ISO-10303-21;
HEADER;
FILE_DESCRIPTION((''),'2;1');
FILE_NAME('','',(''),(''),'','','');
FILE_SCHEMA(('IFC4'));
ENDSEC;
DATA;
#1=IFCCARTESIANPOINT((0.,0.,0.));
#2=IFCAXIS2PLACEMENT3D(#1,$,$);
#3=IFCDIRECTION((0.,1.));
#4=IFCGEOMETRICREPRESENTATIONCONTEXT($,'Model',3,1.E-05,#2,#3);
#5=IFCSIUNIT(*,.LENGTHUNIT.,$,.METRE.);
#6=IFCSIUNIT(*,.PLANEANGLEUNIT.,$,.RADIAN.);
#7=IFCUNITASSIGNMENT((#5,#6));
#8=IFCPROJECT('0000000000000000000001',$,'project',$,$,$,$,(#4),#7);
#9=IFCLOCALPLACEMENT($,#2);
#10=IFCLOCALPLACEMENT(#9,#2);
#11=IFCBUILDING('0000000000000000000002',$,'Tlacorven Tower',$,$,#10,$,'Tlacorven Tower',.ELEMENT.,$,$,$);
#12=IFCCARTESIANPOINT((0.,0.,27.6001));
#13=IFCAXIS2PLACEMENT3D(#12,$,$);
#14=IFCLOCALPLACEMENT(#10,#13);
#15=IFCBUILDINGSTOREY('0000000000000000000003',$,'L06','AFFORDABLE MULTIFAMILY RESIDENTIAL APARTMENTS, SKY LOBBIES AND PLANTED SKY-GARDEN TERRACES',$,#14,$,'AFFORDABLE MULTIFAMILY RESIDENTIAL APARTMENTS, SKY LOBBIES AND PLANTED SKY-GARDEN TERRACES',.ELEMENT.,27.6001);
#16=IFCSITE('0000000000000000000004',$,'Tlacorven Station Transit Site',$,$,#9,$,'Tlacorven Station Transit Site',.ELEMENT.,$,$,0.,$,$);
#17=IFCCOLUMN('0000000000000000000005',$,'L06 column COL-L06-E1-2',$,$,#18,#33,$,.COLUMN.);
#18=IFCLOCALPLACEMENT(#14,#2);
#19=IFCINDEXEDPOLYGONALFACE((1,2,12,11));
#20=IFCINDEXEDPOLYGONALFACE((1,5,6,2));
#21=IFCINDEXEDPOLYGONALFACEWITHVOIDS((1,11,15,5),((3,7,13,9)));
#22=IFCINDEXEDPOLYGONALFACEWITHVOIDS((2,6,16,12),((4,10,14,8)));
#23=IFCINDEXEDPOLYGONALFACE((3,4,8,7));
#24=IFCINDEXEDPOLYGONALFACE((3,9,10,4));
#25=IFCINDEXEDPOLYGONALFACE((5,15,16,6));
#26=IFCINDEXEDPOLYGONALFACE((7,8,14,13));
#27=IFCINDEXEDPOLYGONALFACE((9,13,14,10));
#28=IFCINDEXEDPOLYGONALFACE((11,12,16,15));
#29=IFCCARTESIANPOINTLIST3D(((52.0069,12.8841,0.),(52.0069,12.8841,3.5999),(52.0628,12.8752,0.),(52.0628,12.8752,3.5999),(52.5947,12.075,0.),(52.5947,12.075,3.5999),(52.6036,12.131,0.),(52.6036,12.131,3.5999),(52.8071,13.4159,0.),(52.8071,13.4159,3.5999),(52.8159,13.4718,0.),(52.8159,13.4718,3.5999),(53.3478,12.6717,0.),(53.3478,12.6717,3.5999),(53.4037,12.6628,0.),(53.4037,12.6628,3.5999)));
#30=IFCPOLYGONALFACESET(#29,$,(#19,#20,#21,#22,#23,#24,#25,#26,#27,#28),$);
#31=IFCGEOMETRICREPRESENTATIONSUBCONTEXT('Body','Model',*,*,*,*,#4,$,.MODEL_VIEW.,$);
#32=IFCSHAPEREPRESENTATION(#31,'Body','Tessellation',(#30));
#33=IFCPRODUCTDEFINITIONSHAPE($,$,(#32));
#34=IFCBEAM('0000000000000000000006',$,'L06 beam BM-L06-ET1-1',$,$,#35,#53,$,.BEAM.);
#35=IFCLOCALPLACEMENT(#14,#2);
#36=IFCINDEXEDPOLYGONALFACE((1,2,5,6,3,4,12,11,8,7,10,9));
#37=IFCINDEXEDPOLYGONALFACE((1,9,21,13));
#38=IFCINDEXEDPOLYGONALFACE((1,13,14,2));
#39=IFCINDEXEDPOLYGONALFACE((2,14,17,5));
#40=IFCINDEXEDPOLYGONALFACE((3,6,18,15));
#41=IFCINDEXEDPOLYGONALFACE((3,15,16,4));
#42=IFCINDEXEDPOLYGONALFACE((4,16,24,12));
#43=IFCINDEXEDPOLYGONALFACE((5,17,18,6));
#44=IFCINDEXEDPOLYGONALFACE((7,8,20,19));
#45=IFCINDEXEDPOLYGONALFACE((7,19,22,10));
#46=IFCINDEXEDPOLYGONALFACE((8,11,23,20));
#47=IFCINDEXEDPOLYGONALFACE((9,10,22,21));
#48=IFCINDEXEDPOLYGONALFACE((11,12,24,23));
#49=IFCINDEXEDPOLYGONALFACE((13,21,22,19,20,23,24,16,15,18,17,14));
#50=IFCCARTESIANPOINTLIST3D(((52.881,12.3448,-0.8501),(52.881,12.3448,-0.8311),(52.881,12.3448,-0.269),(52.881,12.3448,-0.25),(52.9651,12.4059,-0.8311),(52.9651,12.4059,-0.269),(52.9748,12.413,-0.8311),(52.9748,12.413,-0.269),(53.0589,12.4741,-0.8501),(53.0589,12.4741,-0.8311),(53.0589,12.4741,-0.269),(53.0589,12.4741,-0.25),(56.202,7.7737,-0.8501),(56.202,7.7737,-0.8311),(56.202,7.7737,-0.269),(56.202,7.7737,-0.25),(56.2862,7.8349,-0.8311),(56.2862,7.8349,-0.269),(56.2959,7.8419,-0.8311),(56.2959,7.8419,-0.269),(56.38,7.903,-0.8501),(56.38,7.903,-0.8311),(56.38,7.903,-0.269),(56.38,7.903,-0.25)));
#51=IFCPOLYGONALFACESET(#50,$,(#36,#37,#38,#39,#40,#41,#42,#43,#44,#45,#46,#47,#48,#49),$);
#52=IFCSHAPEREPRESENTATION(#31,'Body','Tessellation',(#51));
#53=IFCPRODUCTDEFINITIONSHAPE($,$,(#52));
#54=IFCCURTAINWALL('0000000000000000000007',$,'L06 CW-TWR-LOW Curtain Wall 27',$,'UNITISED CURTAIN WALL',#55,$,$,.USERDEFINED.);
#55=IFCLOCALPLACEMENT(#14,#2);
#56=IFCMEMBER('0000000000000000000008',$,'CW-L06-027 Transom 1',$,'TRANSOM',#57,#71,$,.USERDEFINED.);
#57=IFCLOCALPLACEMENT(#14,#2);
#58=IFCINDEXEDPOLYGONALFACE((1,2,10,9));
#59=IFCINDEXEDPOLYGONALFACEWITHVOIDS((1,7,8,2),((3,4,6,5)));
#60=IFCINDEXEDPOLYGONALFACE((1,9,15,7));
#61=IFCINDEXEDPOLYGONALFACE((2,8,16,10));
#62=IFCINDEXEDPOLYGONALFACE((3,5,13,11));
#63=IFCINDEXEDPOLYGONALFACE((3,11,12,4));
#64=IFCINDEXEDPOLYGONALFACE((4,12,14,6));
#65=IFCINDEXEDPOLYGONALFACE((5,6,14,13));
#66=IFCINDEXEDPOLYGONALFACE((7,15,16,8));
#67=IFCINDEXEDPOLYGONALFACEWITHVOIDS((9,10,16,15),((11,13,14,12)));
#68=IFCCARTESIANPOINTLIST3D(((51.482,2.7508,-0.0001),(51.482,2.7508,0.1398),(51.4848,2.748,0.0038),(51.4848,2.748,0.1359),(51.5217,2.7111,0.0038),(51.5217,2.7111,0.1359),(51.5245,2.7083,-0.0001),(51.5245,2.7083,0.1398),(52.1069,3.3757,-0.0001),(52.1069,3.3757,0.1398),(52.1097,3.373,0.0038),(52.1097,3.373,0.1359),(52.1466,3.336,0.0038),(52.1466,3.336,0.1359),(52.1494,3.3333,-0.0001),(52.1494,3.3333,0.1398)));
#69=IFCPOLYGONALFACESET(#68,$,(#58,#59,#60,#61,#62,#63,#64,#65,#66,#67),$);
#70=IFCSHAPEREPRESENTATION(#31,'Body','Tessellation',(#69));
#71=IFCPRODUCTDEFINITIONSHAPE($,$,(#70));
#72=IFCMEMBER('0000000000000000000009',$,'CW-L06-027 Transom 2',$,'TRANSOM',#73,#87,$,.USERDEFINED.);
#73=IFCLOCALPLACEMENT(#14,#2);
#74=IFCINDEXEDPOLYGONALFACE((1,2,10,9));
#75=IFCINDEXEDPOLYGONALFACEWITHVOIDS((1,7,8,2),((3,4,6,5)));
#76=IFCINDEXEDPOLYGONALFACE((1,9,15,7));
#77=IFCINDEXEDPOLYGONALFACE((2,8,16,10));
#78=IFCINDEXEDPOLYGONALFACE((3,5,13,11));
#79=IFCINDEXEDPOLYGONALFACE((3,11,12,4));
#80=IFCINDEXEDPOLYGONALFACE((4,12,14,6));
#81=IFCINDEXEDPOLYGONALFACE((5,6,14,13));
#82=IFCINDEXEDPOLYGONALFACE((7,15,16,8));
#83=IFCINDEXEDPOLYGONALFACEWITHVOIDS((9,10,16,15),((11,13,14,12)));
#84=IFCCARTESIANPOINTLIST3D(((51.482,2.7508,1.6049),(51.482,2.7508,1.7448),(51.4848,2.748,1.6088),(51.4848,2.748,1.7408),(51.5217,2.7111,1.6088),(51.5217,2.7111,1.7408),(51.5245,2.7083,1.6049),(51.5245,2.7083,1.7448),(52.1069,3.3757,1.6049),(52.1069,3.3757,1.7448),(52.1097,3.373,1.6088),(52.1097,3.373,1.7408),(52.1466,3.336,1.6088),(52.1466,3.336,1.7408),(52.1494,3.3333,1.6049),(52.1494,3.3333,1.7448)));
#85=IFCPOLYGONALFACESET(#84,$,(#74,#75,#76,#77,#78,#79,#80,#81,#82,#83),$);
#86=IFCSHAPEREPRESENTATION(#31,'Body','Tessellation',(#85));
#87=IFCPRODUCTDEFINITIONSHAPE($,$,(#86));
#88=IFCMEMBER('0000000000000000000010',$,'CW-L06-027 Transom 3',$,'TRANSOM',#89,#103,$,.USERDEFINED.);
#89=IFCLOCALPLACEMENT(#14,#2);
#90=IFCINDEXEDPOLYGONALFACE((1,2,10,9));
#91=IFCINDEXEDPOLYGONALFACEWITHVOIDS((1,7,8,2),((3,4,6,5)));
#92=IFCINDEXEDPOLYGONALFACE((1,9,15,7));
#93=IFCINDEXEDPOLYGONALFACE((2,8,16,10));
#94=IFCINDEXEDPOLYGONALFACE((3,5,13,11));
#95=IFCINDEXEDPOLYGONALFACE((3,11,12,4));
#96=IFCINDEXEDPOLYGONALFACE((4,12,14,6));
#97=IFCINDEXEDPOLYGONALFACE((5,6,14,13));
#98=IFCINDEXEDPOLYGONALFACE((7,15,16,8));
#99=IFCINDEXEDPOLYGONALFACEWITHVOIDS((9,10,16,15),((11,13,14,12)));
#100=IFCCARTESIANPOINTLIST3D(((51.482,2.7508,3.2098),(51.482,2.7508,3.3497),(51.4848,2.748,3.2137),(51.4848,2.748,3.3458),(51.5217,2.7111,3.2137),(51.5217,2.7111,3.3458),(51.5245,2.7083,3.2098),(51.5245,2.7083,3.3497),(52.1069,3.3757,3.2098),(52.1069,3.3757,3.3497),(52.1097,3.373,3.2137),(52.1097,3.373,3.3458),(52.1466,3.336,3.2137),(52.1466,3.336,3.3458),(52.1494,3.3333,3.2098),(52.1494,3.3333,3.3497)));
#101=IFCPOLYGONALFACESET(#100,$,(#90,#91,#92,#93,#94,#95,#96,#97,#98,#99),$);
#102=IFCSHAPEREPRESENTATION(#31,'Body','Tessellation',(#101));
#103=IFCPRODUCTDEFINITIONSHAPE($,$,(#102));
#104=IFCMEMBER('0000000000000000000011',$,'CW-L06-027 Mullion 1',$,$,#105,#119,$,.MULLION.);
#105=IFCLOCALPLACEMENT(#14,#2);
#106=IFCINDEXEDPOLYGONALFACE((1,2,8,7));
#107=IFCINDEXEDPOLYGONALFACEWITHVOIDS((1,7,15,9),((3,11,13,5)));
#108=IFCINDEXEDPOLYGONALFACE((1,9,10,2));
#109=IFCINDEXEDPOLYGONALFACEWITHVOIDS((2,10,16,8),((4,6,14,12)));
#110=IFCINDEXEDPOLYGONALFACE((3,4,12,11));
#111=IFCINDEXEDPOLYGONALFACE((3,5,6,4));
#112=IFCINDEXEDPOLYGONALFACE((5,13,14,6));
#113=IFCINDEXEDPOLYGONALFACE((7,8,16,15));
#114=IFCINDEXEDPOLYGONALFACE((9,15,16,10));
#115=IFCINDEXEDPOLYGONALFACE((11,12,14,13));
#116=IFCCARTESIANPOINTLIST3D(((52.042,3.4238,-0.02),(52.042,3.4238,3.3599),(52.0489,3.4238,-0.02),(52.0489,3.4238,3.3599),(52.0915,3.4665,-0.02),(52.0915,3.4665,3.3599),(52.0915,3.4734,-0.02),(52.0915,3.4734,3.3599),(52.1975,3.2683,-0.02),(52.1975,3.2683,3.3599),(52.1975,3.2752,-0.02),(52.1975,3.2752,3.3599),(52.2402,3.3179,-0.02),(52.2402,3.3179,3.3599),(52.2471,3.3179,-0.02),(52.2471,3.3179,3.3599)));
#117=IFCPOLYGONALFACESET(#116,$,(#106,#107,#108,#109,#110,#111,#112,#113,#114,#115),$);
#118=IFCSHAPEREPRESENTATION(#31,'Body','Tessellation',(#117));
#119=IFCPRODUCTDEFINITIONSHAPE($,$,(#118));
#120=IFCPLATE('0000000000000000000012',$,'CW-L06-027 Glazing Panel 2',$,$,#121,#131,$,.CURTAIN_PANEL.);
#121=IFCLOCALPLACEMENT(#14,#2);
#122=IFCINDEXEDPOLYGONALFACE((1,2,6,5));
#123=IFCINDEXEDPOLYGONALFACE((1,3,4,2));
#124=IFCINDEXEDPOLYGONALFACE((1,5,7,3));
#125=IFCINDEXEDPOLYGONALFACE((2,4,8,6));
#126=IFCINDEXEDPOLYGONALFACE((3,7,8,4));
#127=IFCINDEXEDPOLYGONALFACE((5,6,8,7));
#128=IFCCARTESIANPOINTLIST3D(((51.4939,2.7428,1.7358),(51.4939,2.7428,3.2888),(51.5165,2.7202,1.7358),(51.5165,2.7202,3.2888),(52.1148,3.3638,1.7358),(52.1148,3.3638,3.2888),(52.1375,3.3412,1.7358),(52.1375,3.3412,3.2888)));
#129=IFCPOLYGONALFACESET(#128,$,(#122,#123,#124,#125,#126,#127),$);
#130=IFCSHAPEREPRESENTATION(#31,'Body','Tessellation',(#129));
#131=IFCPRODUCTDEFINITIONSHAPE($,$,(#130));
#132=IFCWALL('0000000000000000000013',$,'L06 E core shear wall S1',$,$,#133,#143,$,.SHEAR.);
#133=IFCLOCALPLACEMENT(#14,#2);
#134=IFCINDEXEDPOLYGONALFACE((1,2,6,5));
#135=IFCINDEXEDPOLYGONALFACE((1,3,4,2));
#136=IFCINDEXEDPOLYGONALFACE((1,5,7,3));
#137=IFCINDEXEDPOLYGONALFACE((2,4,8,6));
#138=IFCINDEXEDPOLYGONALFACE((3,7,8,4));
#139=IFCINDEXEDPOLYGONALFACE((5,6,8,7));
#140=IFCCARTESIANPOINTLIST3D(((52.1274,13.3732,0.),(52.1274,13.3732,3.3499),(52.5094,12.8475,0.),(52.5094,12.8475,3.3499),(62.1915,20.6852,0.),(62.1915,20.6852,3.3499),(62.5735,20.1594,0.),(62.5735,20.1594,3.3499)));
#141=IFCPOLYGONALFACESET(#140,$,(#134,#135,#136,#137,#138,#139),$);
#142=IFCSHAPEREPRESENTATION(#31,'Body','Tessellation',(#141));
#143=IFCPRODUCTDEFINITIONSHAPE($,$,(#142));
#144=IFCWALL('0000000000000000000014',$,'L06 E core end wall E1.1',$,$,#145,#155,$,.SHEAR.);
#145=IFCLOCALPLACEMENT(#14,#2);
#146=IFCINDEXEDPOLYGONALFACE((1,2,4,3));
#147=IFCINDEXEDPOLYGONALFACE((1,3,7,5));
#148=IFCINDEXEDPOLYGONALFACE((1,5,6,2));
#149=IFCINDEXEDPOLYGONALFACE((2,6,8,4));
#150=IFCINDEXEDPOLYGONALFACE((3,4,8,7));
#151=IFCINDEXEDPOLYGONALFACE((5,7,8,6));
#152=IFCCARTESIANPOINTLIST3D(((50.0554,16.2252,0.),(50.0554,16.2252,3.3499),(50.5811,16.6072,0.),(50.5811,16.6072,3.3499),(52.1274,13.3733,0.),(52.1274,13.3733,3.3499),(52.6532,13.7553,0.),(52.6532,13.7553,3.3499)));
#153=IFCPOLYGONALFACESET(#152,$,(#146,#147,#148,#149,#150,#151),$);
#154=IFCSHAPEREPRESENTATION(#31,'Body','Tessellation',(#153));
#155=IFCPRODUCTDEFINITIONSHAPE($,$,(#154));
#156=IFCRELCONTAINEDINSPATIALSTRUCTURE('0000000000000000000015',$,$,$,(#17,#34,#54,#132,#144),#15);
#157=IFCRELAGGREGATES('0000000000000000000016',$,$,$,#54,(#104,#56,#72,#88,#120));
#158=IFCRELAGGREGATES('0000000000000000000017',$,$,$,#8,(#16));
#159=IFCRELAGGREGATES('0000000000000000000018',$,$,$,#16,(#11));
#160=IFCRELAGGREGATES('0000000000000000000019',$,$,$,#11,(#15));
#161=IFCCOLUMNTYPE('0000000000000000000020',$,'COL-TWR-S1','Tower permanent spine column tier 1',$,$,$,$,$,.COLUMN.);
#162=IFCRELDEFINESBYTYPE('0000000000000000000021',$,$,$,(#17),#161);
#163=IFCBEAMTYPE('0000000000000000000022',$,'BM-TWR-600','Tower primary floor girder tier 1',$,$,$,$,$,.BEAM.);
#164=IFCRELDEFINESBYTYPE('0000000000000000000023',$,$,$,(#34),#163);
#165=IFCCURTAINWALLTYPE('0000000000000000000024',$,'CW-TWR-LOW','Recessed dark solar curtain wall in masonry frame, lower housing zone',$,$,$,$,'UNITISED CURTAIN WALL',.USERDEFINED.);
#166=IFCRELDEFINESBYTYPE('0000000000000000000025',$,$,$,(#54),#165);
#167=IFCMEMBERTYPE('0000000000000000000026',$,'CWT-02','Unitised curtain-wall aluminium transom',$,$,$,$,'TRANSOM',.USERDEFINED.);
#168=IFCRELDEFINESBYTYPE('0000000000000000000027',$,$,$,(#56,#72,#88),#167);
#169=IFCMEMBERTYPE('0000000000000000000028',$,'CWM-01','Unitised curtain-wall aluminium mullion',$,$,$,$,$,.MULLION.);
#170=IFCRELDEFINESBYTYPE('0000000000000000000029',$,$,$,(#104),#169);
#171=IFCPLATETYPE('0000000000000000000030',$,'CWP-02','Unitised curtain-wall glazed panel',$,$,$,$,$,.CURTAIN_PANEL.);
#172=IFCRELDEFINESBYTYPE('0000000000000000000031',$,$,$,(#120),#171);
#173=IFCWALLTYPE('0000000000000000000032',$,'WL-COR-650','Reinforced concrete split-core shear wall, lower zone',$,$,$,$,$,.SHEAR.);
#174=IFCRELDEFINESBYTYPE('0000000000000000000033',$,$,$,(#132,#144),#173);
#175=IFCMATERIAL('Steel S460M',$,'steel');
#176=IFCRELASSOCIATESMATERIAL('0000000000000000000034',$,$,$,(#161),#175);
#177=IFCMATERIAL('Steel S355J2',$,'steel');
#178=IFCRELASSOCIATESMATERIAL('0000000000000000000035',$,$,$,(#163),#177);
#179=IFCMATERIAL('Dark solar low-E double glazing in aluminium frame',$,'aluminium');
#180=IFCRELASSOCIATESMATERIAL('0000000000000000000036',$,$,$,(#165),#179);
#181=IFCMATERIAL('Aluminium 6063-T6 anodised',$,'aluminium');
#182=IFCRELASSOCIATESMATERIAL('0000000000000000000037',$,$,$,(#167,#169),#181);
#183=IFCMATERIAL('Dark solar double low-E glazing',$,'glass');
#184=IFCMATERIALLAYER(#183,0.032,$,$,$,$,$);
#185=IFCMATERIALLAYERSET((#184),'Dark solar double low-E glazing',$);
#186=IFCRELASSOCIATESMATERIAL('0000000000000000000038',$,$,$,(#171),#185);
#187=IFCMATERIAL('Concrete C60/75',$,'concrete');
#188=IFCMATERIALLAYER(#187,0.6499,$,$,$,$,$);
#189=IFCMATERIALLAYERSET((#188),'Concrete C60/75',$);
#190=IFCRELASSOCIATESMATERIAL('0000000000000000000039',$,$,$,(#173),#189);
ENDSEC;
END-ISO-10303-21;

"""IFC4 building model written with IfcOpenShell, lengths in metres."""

from ifc_helpers import new_model, si_unit, direction, frame, frame_2d, origin, origin_2d, place, context, subcontext, project, spatial, rectangle, hollow_rectangle, i_section, extrude, source, transform, mapped, material, layer, layer_set, material_profile, profile_set, type_object, element, aggregate, save


model = new_model("IFC4")

# Units and contexts
model_context = context("Model", 3, precision=1e-05, world=origin(), true_north=direction((0.0, 1.0)))
body_context = subcontext(model_context, "Body", "Model", "MODEL_VIEW")
ifc_project = project(units=[si_unit("LENGTHUNIT", "METRE"), si_unit("PLANEANGLEUNIT", "RADIAN")], contexts=[model_context])

# Site, building, storey
site_placement = place(None, origin())
site = spatial("IfcSite", under=ifc_project, at=site_placement, Name="Tlacorven Station Transit Site", LongName="Tlacorven Station Transit Site", CompositionType="ELEMENT", RefElevation=0.0)
building_placement = place(site_placement, origin())
building = spatial("IfcBuilding", under=site, at=building_placement, Name="Tlacorven Tower", LongName="Tlacorven Tower", CompositionType="ELEMENT")
storey_placement = place(building_placement, frame((0.0, 0.0, 27.6001)))
storey = spatial("IfcBuildingStorey", under=building, at=storey_placement, Name="L06", Description="AFFORDABLE MULTIFAMILY RESIDENTIAL APARTMENTS, SKY LOBBIES AND PLANTED SKY-GARDEN TERRACES", LongName="AFFORDABLE MULTIFAMILY RESIDENTIAL APARTMENTS, SKY LOBBIES AND PLANTED SKY-GARDEN TERRACES", CompositionType="ELEMENT", Elevation=27.6001)

# Column
ifc_material_1 = material(Name="Steel S460M", Category="steel")
ifc_material_profile_1 = material_profile(ifc_material_1, hollow_rectangle(XDim=1.0, YDim=1.0, WallThickness=0.04, at=origin_2d()), Name="BOX 1000X1000X40")
ifc_profile_set_1 = profile_set([ifc_material_profile_1], Name="Steel S460M")
column_type = type_object("IfcColumnType", Name="COL-TWR-S1", Description="Tower permanent spine column tier 1", PredefinedType="COLUMN", material=ifc_profile_set_1)
shared_shape_1 = source(origin(), body_context, "Body", "SweptSolid", [
    extrude(hollow_rectangle(XDim=1.0, YDim=1.0, WallThickness=0.04, at=origin_2d()), origin(), (0.0, 0.0, 1.0), 3.5999),
])
column_placement = place(storey_placement, frame((52.7053, 12.7734, 0.0), z_axis=(0.0, 0.0, 1.0), x_axis=(0.809017, 0.587785, 0.0)))
element("IfcColumn", 1, at=column_placement, inside=storey, type_object=column_type, Name="L06 column COL-L06-E1-2", PredefinedType="COLUMN", context=body_context, shape_type="MappedRepresentation", body=[
    mapped(shared_shape_1, transform((0.0, 0.0, 0.0), scale=1.0)),
])

# Beam
ifc_material_2 = material(Name="Steel S355J2", Category="steel")
ifc_material_profile_2 = material_profile(ifc_material_2, i_section(OverallWidth=0.22, OverallDepth=0.6001, WebThickness=0.012, FlangeThickness=0.019, at=origin_2d()), Name="IPE 600")
ifc_profile_set_2 = profile_set([ifc_material_profile_2], Name="Steel S355J2")
beam_type = type_object("IfcBeamType", Name="BM-TWR-600", Description="Tower primary floor girder tier 1", PredefinedType="BEAM", material=ifc_profile_set_2)
shared_shape_2 = source(origin(), body_context, "Body", "SweptSolid", [
    extrude(i_section(OverallWidth=0.22, OverallDepth=0.6001, WebThickness=0.012, FlangeThickness=0.019, at=origin_2d()), origin(), (0.0, 0.0, 1.0), 5.6501),
])
beam_placement = place(storey_placement, frame((56.291, 7.8384, -0.55), z_axis=(-0.587784, 0.809018, 0.0), x_axis=(-0.809018, -0.587784, 0.0)))
element("IfcBeam", 2, at=beam_placement, inside=storey, type_object=beam_type, Name="L06 beam BM-L06-ET1-1", PredefinedType="BEAM", context=body_context, shape_type="MappedRepresentation", body=[
    mapped(shared_shape_2, transform((0.0, 0.0, 0.0), scale=1.0)),
])

# Curtain wall, members, plate
ifc_material_3 = material(Name="Dark solar low-E double glazing in aluminium frame", Category="aluminium")
curtain_wall_type = type_object("IfcCurtainWallType", Name="CW-TWR-LOW", Description="Recessed dark solar curtain wall in masonry frame, lower housing zone", ElementType="UNITISED CURTAIN WALL", PredefinedType="USERDEFINED", material=ifc_material_3)
curtain_wall_placement = place(storey_placement, origin())
curtain_wall = element("IfcCurtainWall", 3, at=curtain_wall_placement, inside=storey, type_object=curtain_wall_type, Name="L06 CW-TWR-LOW Curtain Wall 27", ObjectType="UNITISED CURTAIN WALL", PredefinedType="USERDEFINED")
ifc_material_4 = material(Name="Aluminium 6063-T6 anodised", Category="aluminium")
ifc_material_profile_3 = material_profile(ifc_material_4, hollow_rectangle(XDim=0.0601, YDim=0.1399, WallThickness=0.0039, at=origin_2d()), Name="ALU TRANSOM 60X140")
ifc_profile_set_3 = profile_set([ifc_material_profile_3], Name="Aluminium 6063-T6 anodised")
member_type_1 = type_object("IfcMemberType", Name="CWT-02", Description="Unitised curtain-wall aluminium transom", ElementType="TRANSOM", PredefinedType="USERDEFINED", material=ifc_profile_set_3)
shared_shape_3 = source(origin(), body_context, "Body", "SweptSolid", [
    extrude(hollow_rectangle(XDim=0.0601, YDim=0.1399, WallThickness=0.0039, at=origin_2d()), origin(), (0.0, 0.0, 1.0), 0.8838),
])
member_1_placement = place(storey_placement, frame((52.1282, 3.3545, 0.0698), z_axis=(-0.707107, -0.707107, 0.0), x_axis=(0.707107, -0.707107, 0.0)))
member_1 = element("IfcMember", 4, at=member_1_placement, type_object=member_type_1, Name="CW-L06-027 Transom 1", ObjectType="TRANSOM", PredefinedType="USERDEFINED", context=body_context, shape_type="MappedRepresentation", body=[
    mapped(shared_shape_3, transform((0.0, 0.0, 0.0), scale=1.0)),
])
member_2_placement = place(storey_placement, frame((52.1282, 3.3545, 1.6748), z_axis=(-0.707107, -0.707107, 0.0), x_axis=(0.707107, -0.707107, 0.0)))
member_2 = element("IfcMember", 5, at=member_2_placement, type_object=member_type_1, Name="CW-L06-027 Transom 2", ObjectType="TRANSOM", PredefinedType="USERDEFINED", context=body_context, shape_type="MappedRepresentation", body=[
    mapped(shared_shape_3, transform((0.0, 0.0, 0.0), scale=1.0)),
])
member_3_placement = place(storey_placement, frame((52.1282, 3.3545, 3.2798), z_axis=(-0.707107, -0.707107, 0.0), x_axis=(0.707107, -0.707107, 0.0)))
member_3 = element("IfcMember", 6, at=member_3_placement, type_object=member_type_1, Name="CW-L06-027 Transom 3", ObjectType="TRANSOM", PredefinedType="USERDEFINED", context=body_context, shape_type="MappedRepresentation", body=[
    mapped(shared_shape_3, transform((0.0, 0.0, 0.0), scale=1.0)),
])
ifc_material_profile_4 = material_profile(ifc_material_4, hollow_rectangle(XDim=0.0701, YDim=0.22, WallThickness=0.0049, at=origin_2d()), Name="ALU MULLION 70X220")
ifc_profile_set_4 = profile_set([ifc_material_profile_4], Name="Aluminium 6063-T6 anodised")
member_type_2 = type_object("IfcMemberType", Name="CWM-01", Description="Unitised curtain-wall aluminium mullion", PredefinedType="MULLION", material=ifc_profile_set_4)
shared_shape_4 = source(origin(), body_context, "Body", "SweptSolid", [
    extrude(hollow_rectangle(XDim=0.0701, YDim=0.22, WallThickness=0.0049, at=origin_2d()), origin(), (0.0, 0.0, 1.0), 3.3799),
])
member_4_placement = place(storey_placement, frame((52.1445, 3.3708, -0.02), z_axis=(0.0, 0.0, 1.0), x_axis=(-0.707107, -0.707107, 0.0)))
member_4 = element("IfcMember", 7, at=member_4_placement, type_object=member_type_2, Name="CW-L06-027 Mullion 1", PredefinedType="MULLION", context=body_context, shape_type="MappedRepresentation", body=[
    mapped(shared_shape_4, transform((0.0, 0.0, 0.0), scale=1.0)),
])
ifc_material_5 = material(Name="Dark solar double low-E glazing", Category="glass")
ifc_layer_1 = layer(ifc_material_5, 0.032)
ifc_layer_set_1 = layer_set([ifc_layer_1], Name="Dark solar double low-E glazing")
plate_type = type_object("IfcPlateType", Name="CWP-02", Description="Unitised curtain-wall glazed panel", PredefinedType="CURTAIN_PANEL", material=ifc_layer_set_1)
shared_shape_5 = source(origin(), body_context, "Body", "SweptSolid", [
    extrude(rectangle(XDim=0.8782, YDim=0.032, at=origin_2d()), origin(), (0.0, 0.0, 1.0), 1.553),
])
plate_placement = place(storey_placement, frame((51.8157, 3.042, 1.7358), z_axis=(0.0, 0.0, 1.0), x_axis=(-0.707107, -0.707107, 0.0)))
plate = element("IfcPlate", 8, at=plate_placement, type_object=plate_type, Name="CW-L06-027 Glazing Panel 2", PredefinedType="CURTAIN_PANEL", context=body_context, shape_type="MappedRepresentation", body=[
    mapped(shared_shape_5, transform((0.0, 0.0, 0.0), scale=1.0)),
])
aggregate(curtain_wall, [member_4, member_1, member_2, member_3, plate])

# Walls
ifc_material_6 = material(Name="Concrete C60/75", Category="concrete")
ifc_layer_2 = layer(ifc_material_6, 0.6499)
ifc_layer_set_2 = layer_set([ifc_layer_2], Name="Concrete C60/75")
wall_type_1 = type_object("IfcWallType", Name="WL-COR-650", Description="Reinforced concrete split-core shear wall, lower zone", PredefinedType="SHEAR", material=ifc_layer_set_2)
wall_1_placement = place(storey_placement, frame((52.3184, 13.1104, 0.0), z_axis=(0.0, 0.0, 1.0), x_axis=(0.809019, 0.587782, 0.0)))
element("IfcWall", 9, at=wall_1_placement, inside=storey, type_object=wall_type_1, Name="L06 E core shear wall S1", PredefinedType="SHEAR", context=body_context, shape_type="SweptSolid", body=[
    extrude(rectangle(XDim=12.4399, YDim=0.6499, at=frame_2d((6.22, 0.0))), origin(), (0.0, 0.0, 1.0), 3.3499),
])
wall_2_placement = place(storey_placement, frame((52.3904, 13.5642, 0.0), z_axis=(0.0, 0.0, 1.0), x_axis=(-0.587797, 0.809009, 0.0)))
element("IfcWall", 10, at=wall_2_placement, inside=storey, type_object=wall_type_1, Name="L06 E core end wall E1.1", PredefinedType="SHEAR", context=body_context, shape_type="SweptSolid", body=[
    extrude(rectangle(XDim=3.5251, YDim=0.6499, at=frame_2d((1.7627, 0.0))), origin(), (0.0, 0.0, 1.0), 3.3499),
])

save(model, "model.ifc")
